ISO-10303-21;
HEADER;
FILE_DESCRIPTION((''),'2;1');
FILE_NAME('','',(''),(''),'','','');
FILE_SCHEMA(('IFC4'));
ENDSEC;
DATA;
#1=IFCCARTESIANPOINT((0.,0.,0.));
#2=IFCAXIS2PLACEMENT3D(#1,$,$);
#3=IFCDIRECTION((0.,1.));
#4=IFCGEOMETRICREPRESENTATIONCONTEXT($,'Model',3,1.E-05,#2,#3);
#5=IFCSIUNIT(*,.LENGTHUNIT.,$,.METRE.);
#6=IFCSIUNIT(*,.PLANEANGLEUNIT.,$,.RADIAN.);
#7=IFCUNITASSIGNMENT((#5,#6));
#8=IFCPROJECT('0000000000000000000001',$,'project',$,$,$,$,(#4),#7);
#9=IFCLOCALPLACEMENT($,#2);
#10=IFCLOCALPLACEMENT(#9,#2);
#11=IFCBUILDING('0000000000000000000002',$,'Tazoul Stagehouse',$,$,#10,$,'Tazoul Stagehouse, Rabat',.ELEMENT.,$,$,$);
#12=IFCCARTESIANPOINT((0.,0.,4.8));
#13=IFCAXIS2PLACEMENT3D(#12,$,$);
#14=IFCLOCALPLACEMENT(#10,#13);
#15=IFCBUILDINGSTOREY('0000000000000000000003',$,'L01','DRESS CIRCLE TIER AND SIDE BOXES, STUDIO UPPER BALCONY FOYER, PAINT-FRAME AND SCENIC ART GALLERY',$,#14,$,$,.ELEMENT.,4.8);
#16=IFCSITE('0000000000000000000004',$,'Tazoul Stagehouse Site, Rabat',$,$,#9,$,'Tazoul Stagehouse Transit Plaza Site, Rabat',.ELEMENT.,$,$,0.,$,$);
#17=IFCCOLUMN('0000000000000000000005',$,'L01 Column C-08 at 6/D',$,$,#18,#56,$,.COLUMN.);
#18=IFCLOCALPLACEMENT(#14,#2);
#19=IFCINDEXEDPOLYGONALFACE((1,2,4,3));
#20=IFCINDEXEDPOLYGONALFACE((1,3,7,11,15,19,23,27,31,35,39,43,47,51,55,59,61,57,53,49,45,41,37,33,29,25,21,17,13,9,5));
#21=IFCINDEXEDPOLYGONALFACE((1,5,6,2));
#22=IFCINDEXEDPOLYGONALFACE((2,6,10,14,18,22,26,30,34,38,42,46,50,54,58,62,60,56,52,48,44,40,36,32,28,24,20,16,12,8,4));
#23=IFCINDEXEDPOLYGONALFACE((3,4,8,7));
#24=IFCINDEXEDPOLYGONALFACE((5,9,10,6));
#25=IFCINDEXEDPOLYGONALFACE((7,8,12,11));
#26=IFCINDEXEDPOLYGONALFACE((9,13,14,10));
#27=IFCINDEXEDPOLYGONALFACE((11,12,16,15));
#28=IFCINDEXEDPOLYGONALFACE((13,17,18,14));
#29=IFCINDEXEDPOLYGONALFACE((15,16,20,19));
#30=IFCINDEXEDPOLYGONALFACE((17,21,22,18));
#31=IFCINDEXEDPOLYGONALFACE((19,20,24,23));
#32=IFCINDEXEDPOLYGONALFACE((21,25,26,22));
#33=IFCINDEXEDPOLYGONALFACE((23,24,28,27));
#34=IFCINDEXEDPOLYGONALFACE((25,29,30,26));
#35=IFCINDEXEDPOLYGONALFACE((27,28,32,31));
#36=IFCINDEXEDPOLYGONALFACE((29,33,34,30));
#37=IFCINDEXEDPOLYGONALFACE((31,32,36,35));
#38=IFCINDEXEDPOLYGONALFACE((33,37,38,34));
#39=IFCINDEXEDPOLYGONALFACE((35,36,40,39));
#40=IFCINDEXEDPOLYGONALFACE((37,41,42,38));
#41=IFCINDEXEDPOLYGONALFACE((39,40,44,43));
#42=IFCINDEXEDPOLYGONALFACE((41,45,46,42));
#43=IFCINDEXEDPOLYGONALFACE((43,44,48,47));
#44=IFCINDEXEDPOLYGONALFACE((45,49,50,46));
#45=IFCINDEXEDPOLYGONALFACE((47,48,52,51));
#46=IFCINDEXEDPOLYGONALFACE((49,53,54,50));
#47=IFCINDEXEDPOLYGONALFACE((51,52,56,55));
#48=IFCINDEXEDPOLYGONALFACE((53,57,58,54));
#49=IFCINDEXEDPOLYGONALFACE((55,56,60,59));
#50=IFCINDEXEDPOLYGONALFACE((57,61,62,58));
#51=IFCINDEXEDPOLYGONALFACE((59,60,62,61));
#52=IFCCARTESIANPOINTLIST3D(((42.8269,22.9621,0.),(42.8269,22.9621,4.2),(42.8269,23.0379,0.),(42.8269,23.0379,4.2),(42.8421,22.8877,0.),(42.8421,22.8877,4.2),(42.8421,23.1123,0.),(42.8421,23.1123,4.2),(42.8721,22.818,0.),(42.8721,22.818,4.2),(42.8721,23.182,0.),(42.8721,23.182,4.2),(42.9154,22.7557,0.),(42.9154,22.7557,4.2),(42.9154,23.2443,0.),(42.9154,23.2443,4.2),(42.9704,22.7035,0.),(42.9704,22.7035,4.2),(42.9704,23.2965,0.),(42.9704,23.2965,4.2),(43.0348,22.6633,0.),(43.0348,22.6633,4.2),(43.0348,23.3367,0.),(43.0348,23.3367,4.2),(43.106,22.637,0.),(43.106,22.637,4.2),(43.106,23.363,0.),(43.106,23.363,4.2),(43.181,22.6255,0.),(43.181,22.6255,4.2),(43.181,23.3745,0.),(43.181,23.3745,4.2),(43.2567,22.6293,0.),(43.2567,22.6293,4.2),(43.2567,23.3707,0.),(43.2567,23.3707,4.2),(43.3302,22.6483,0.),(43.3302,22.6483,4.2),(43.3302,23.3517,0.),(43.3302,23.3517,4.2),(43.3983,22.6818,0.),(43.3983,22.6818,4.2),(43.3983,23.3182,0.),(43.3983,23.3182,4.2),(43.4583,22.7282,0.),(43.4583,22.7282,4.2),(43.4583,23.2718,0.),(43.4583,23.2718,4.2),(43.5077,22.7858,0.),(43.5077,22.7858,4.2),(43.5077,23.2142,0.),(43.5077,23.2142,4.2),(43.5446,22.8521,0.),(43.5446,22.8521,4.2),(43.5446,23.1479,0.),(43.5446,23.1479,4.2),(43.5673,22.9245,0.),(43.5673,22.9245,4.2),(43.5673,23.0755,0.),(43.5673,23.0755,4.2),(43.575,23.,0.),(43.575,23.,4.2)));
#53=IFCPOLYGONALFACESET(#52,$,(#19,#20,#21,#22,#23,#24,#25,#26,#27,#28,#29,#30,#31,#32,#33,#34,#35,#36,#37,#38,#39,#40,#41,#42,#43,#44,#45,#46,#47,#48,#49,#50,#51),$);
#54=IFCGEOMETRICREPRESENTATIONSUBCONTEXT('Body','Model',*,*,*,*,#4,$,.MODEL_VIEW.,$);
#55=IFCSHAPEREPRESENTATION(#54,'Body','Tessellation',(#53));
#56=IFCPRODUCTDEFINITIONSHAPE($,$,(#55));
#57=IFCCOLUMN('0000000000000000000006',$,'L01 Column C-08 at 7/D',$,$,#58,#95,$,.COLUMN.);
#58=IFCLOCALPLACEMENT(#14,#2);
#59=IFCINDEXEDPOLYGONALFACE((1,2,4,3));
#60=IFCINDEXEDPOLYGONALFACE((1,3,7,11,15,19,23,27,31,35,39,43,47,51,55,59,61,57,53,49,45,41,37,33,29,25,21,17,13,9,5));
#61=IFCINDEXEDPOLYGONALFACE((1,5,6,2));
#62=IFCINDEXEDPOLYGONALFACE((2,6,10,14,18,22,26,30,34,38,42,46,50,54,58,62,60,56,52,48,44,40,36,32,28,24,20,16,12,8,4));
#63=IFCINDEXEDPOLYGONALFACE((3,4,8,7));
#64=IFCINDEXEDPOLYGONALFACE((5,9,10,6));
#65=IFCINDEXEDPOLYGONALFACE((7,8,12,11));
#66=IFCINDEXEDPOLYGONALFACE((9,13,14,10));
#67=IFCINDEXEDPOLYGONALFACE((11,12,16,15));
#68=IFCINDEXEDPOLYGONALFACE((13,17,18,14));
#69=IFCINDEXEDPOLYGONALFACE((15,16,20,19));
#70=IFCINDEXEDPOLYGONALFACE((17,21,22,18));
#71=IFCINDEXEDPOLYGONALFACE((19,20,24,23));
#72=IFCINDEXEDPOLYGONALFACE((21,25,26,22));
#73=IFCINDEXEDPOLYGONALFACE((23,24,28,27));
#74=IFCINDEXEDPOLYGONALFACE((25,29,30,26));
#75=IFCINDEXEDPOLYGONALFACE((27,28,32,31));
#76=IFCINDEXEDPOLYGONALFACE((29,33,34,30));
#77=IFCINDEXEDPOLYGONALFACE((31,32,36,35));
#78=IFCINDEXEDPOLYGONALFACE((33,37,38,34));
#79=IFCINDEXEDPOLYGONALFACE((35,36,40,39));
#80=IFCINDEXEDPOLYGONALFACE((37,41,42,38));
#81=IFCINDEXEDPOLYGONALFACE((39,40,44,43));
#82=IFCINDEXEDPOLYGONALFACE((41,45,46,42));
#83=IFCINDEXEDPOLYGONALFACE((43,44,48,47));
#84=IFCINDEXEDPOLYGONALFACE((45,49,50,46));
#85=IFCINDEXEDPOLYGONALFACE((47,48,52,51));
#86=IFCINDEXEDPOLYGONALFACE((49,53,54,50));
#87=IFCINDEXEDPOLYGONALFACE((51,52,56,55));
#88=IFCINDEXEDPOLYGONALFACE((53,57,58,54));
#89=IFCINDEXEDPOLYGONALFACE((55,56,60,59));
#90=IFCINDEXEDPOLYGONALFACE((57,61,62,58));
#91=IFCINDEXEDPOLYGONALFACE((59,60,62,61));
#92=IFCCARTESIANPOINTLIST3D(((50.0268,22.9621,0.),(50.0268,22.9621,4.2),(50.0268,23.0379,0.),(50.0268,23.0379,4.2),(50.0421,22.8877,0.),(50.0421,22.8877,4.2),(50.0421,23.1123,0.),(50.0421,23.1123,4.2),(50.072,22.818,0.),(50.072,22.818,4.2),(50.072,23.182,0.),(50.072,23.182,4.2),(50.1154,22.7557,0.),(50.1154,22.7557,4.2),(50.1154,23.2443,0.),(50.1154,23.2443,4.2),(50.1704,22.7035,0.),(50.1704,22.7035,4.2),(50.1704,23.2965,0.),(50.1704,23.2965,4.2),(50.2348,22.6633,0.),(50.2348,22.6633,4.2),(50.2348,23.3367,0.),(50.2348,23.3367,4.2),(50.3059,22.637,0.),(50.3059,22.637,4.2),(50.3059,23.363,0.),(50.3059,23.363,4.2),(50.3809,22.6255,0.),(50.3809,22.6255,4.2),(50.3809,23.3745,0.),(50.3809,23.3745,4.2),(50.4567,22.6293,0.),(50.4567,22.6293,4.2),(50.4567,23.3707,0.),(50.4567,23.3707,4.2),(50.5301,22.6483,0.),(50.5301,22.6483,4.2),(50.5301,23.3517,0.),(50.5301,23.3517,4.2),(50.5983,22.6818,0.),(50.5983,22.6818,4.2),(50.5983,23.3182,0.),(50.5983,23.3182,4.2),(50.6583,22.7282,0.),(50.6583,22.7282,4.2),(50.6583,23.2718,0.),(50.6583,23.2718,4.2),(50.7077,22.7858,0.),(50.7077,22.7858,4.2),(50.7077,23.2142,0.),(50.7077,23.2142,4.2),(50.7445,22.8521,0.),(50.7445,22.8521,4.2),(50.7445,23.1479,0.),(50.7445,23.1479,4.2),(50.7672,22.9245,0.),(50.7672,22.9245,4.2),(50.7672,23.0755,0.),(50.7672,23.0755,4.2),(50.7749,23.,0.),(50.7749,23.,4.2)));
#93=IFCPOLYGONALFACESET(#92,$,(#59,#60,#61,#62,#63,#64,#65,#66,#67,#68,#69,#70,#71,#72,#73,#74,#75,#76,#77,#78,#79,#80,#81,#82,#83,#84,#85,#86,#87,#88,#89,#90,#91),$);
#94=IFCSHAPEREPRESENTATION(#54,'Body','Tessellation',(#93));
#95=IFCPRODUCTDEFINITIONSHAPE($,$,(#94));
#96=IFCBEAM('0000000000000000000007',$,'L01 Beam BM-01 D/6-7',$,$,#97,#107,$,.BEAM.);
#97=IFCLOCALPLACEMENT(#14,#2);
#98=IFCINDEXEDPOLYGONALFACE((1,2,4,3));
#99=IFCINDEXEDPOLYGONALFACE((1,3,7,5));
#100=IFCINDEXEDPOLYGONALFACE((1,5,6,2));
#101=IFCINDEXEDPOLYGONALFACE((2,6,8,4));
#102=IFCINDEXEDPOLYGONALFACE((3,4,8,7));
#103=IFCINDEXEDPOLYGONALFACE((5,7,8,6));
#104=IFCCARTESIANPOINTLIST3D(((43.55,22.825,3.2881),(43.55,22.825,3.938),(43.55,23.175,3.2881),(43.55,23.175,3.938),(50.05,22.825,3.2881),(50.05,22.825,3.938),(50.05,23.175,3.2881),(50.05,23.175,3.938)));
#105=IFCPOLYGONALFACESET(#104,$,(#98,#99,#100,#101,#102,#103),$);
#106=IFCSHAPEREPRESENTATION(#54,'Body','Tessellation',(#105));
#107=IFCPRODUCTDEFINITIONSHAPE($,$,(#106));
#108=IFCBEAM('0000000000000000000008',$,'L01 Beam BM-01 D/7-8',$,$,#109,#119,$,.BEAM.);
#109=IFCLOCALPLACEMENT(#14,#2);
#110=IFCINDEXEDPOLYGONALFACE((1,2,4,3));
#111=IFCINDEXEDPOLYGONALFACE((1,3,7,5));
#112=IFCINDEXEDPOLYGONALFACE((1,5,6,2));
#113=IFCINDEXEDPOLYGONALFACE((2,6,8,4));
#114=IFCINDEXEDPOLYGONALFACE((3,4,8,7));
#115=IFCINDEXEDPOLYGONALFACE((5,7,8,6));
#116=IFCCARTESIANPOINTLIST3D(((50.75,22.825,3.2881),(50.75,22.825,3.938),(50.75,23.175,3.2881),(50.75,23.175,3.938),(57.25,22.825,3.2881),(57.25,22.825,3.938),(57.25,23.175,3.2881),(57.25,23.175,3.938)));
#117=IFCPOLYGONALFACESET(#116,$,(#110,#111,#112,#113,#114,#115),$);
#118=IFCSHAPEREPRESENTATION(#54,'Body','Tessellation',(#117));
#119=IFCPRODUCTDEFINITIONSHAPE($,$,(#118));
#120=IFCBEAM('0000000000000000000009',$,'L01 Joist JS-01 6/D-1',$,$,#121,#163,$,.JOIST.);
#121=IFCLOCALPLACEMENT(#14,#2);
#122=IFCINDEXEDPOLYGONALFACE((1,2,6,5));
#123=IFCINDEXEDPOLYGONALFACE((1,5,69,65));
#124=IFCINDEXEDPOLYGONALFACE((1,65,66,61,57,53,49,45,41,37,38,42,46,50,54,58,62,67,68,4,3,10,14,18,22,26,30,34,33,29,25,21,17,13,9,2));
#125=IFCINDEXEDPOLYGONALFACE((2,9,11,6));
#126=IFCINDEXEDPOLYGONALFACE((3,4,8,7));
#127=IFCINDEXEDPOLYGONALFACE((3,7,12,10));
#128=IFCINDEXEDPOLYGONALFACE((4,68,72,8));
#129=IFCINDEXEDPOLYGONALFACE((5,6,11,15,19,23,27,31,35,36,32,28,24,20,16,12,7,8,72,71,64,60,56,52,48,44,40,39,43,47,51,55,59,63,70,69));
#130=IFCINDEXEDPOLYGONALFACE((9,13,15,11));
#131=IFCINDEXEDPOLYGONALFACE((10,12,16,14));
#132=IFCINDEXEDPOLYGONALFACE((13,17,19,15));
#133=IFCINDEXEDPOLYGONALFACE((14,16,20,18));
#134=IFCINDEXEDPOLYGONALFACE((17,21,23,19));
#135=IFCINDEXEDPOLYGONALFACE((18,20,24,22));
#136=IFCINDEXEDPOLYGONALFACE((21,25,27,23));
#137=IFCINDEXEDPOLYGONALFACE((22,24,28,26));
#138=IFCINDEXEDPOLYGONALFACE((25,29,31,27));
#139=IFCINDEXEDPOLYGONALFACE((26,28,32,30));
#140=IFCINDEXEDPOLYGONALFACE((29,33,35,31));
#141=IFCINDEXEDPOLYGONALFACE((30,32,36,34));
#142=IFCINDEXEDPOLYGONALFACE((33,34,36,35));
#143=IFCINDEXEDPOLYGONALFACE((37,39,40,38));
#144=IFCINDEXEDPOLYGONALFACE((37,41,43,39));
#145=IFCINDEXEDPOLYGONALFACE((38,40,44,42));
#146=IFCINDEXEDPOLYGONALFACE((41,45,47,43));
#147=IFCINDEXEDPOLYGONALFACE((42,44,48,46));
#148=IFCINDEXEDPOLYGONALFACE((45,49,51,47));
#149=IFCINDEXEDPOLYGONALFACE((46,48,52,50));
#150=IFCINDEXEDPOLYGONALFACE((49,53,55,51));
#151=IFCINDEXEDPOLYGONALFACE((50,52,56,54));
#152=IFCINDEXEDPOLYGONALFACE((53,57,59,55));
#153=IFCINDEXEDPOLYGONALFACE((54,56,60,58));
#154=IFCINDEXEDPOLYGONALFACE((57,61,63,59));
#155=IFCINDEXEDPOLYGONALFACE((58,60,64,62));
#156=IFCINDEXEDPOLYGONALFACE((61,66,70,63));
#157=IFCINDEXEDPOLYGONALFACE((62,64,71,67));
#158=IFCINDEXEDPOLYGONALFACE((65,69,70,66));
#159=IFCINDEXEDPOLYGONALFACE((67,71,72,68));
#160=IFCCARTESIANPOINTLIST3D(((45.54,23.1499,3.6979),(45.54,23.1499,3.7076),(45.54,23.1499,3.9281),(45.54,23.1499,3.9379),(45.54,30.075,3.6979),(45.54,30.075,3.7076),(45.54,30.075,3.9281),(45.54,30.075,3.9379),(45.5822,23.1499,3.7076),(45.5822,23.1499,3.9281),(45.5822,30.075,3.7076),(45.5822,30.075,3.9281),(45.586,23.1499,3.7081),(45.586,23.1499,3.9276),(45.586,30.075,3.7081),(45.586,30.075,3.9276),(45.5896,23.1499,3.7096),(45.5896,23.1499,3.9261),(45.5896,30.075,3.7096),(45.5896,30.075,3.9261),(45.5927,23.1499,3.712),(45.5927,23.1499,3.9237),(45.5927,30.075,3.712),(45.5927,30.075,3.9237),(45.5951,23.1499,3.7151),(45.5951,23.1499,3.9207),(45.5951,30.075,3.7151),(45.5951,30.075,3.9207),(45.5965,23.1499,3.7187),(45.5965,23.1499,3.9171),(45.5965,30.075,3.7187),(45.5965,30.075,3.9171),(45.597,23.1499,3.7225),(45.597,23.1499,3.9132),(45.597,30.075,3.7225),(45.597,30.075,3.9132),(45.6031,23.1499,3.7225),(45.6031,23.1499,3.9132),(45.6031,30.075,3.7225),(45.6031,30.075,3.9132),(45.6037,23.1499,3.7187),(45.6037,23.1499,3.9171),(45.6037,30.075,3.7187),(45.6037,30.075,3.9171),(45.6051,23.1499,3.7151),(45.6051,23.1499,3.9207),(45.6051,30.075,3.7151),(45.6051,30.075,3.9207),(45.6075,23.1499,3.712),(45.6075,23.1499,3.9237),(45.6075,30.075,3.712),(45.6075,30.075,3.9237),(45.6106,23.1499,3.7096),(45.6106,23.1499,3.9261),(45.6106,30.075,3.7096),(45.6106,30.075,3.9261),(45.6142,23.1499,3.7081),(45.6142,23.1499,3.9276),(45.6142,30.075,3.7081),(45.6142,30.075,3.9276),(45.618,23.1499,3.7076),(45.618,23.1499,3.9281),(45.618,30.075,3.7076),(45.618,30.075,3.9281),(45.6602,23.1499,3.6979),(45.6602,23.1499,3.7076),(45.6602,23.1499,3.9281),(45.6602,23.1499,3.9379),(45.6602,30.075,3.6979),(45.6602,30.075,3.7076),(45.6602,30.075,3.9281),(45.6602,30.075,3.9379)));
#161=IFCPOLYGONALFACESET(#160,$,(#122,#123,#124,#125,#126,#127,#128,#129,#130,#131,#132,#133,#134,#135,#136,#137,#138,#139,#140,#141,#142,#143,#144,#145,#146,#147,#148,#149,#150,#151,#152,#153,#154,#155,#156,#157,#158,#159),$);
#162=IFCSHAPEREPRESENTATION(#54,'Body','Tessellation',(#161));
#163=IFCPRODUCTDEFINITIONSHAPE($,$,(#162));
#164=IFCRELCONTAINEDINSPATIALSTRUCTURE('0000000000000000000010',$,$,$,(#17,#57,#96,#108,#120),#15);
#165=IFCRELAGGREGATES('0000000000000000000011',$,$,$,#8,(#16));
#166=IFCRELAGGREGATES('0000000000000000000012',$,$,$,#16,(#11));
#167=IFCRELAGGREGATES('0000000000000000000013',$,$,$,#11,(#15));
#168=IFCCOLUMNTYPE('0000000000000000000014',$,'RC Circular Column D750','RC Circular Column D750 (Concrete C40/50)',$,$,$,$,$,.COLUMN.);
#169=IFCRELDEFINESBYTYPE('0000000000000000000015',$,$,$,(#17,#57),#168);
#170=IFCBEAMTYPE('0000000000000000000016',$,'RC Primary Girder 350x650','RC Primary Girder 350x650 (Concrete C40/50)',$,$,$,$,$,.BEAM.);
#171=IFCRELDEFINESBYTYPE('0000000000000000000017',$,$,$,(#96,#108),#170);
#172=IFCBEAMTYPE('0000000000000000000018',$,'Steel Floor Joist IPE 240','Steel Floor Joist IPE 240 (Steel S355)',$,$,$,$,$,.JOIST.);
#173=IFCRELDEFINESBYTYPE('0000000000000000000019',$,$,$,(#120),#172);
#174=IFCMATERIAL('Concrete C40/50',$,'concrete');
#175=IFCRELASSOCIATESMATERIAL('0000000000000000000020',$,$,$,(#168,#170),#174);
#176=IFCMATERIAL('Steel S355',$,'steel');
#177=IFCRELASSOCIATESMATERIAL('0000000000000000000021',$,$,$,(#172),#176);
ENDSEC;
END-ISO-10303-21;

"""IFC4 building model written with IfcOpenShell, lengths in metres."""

from ifc_helpers import new_model, si_unit, direction, frame, origin, origin_2d, place, context, subcontext, project, spatial, rectangle, circle, i_section, extrude, material, material_profile, profile_set, type_object, element, save


model = new_model("IFC4")

# Units and contexts
model_context = context("Model", 3, precision=1e-05, world=origin(), true_north=direction((0.0, 1.0)))
body_context = subcontext(model_context, "Body", "Model", "MODEL_VIEW")
ifc_project = project(units=[si_unit("LENGTHUNIT", "METRE"), si_unit("PLANEANGLEUNIT", "RADIAN")], contexts=[model_context])

# Site, building, storey
site_placement = place(None, origin())
site = spatial("IfcSite", under=ifc_project, at=site_placement, Name="Tazoul Stagehouse Site, Rabat", LongName="Tazoul Stagehouse Transit Plaza Site, Rabat", CompositionType="ELEMENT", RefElevation=0.0)
building_placement = place(site_placement, origin())
building = spatial("IfcBuilding", under=site, at=building_placement, Name="Tazoul Stagehouse", LongName="Tazoul Stagehouse, Rabat", CompositionType="ELEMENT")
storey_placement = place(building_placement, frame((0.0, 0.0, 4.8)))
storey = spatial("IfcBuildingStorey", under=building, at=storey_placement, Name="L01", Description="DRESS CIRCLE TIER AND SIDE BOXES, STUDIO UPPER BALCONY FOYER, PAINT-FRAME AND SCENIC ART GALLERY", CompositionType="ELEMENT", Elevation=4.8)

# Columns
ifc_material_1 = material(Name="Concrete C40/50", Category="concrete")
ifc_material_profile_1 = material_profile(ifc_material_1, circle(Radius=0.375, at=origin_2d()), Name="RC D750")
ifc_profile_set_1 = profile_set([ifc_material_profile_1], Name="Concrete C40/50")
column_type = type_object("IfcColumnType", Name="RC Circular Column D750", Description="RC Circular Column D750 (Concrete C40/50)", PredefinedType="COLUMN", material=ifc_profile_set_1)
for number, where, z_axis, x_axis, name in (
    (1, (43.2, 23.0, 0.0), (0.0, 0.0, 1.0), (1.0, 0.0, 0.0), "L01 Column C-08 at 6/D"),
    (2, (50.3999, 23.0, 0.0), (0.0, 0.0, 1.0), (1.0, 0.0, 0.0), "L01 Column C-08 at 7/D"),
):
    element("IfcColumn", number, at=place(storey_placement, frame(where, z_axis=z_axis, x_axis=x_axis)), inside=storey, type_object=column_type, Name=name, PredefinedType="COLUMN", context=body_context, shape_type="SweptSolid", body=[
        extrude(circle(Radius=0.375, at=origin_2d()), origin(), (0.0, 0.0, 1.0), 4.2),
    ])

# Beams
ifc_material_profile_2 = material_profile(ifc_material_1, rectangle(XDim=0.3501, YDim=0.6499, at=origin_2d()), Name="RC 350x650")
ifc_profile_set_2 = profile_set([ifc_material_profile_2], Name="Concrete C40/50")
beam_type_1 = type_object("IfcBeamType", Name="RC Primary Girder 350x650", Description="RC Primary Girder 350x650 (Concrete C40/50)", PredefinedType="BEAM", material=ifc_profile_set_2)
for number, where, z_axis, x_axis, name in (
    (3, (43.55, 23.0, 3.613), (1.0, 0.0, 0.0), (0.0, 1.0, 0.0), "L01 Beam BM-01 D/6-7"),
    (4, (50.75, 23.0, 3.613), (1.0, 0.0, 0.0), (0.0, 1.0, 0.0), "L01 Beam BM-01 D/7-8"),
):
    element("IfcBeam", number, at=place(storey_placement, frame(where, z_axis=z_axis, x_axis=x_axis)), inside=storey, type_object=beam_type_1, Name=name, PredefinedType="BEAM", context=body_context, shape_type="SweptSolid", body=[
        extrude(rectangle(XDim=0.3501, YDim=0.6499, at=origin_2d()), origin(), (0.0, 0.0, 1.0), 6.5),
    ])
ifc_material_2 = material(Name="Steel S355", Category="steel")
ifc_material_profile_3 = material_profile(ifc_material_2, i_section(OverallWidth=0.1201, OverallDepth=0.24, WebThickness=0.0061, FlangeThickness=0.0098, FilletRadius=0.0149, at=origin_2d()), Name="IPE 240")
ifc_profile_set_3 = profile_set([ifc_material_profile_3], Name="Steel S355")
beam_type_2 = type_object("IfcBeamType", Name="Steel Floor Joist IPE 240", Description="Steel Floor Joist IPE 240 (Steel S355)", PredefinedType="JOIST", material=ifc_profile_set_3)
for number, where, z_axis, x_axis, name in (
    (5, (45.6001, 23.1499, 3.8179), (0.0, 1.0, 0.0), (-1.0, 0.0, 0.0), "L01 Joist JS-01 6/D-1"),
):
    element("IfcBeam", number, at=place(storey_placement, frame(where, z_axis=z_axis, x_axis=x_axis)), inside=storey, type_object=beam_type_2, Name=name, PredefinedType="JOIST", context=body_context, shape_type="SweptSolid", body=[
        extrude(i_section(OverallWidth=0.1201, OverallDepth=0.24, WebThickness=0.0061, FlangeThickness=0.0098, FilletRadius=0.0149, at=origin_2d()), origin(), (0.0, 0.0, 1.0), 6.925),
    ])

save(model, "model.ifc")
